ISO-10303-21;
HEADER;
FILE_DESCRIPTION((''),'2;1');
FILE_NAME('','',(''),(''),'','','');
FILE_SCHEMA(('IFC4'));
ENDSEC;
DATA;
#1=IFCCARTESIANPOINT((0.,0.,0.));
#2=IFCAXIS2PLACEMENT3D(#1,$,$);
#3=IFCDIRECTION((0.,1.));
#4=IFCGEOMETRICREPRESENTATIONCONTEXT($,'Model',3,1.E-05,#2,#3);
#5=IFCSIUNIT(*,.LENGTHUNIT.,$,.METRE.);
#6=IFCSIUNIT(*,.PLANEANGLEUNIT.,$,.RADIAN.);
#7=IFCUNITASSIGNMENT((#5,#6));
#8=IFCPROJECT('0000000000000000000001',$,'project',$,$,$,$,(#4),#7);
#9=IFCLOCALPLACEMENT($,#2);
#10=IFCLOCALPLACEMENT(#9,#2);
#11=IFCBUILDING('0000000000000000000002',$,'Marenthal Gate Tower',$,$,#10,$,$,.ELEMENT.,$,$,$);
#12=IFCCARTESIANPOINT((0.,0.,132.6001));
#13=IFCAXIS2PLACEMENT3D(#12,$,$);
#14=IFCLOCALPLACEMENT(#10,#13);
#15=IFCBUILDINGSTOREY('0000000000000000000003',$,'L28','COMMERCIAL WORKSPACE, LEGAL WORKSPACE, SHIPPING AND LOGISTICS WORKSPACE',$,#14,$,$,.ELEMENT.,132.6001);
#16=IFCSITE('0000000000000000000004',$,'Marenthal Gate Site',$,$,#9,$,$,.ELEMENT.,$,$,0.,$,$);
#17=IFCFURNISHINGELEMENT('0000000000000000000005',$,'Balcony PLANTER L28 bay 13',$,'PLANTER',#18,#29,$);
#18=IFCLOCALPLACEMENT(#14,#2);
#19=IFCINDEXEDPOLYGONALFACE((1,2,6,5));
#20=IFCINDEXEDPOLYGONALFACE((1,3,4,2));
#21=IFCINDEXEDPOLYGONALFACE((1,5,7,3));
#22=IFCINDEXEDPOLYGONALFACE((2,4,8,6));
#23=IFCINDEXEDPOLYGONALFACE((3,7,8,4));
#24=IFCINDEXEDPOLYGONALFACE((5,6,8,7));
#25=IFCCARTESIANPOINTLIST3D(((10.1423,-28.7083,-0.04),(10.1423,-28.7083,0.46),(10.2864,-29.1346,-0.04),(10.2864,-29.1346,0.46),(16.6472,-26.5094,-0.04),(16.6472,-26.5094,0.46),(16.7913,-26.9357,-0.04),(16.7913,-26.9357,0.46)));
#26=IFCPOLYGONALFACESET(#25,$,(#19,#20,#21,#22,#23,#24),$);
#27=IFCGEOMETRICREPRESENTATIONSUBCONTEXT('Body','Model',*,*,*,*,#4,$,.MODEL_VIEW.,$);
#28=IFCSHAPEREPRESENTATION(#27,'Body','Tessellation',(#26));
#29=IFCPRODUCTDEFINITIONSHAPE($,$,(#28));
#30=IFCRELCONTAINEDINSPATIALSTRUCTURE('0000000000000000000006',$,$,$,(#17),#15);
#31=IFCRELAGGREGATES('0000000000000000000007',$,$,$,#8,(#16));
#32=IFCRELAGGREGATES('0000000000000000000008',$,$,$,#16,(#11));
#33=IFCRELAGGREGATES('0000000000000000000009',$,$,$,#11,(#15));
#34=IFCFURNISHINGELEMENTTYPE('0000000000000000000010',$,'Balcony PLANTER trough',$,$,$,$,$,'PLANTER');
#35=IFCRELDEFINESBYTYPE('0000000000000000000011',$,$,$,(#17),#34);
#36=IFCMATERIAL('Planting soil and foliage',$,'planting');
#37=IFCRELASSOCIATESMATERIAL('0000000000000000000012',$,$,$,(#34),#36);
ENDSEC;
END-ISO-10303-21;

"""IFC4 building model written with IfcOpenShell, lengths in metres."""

from ifc_helpers import new_model, si_unit, direction, frame, origin, origin_2d, place, context, subcontext, project, spatial, rectangle, extrude, material, type_object, element, save


model = new_model("IFC4")

# Units and contexts
model_context = context("Model", 3, precision=1e-05, world=origin(), true_north=direction((0.0, 1.0)))
body_context = subcontext(model_context, "Body", "Model", "MODEL_VIEW")
ifc_project = project(units=[si_unit("LENGTHUNIT", "METRE"), si_unit("PLANEANGLEUNIT", "RADIAN")], contexts=[model_context])

# Site, building, storey
site_placement = place(None, origin())
site = spatial("IfcSite", under=ifc_project, at=site_placement, Name="Marenthal Gate Site", CompositionType="ELEMENT", RefElevation=0.0)
building_placement = place(site_placement, origin())
building = spatial("IfcBuilding", under=site, at=building_placement, Name="Marenthal Gate Tower", CompositionType="ELEMENT")
storey_placement = place(building_placement, frame((0.0, 0.0, 132.6001)))
storey = spatial("IfcBuildingStorey", under=building, at=storey_placement, Name="L28", Description="COMMERCIAL WORKSPACE, LEGAL WORKSPACE, SHIPPING AND LOGISTICS WORKSPACE", CompositionType="ELEMENT", Elevation=132.6001)

# Furnishing element
ifc_material_1 = material(Name="Planting soil and foliage", Category="planting")
furnishing_element_type = type_object("IfcFurnishingElementType", Name="Balcony PLANTER trough", ElementType="PLANTER", material=ifc_material_1)
furnishing_placement = place(storey_placement, frame((13.4668, -27.822, -0.04), z_axis=(0.0, 0.0, 1.0), x_axis=(0.947338, 0.320236, 0.0)))
element("IfcFurnishingElement", 1, at=furnishing_placement, inside=storey, type_object=furnishing_element_type, Name="Balcony PLANTER L28 bay 13", ObjectType="PLANTER", context=body_context, shape_type="SweptSolid", body=[
    extrude(rectangle(XDim=6.8665, YDim=0.45, at=origin_2d()), origin(), (0.0, 0.0, 1.0), 0.5),
])

save(model, "model.ifc")
